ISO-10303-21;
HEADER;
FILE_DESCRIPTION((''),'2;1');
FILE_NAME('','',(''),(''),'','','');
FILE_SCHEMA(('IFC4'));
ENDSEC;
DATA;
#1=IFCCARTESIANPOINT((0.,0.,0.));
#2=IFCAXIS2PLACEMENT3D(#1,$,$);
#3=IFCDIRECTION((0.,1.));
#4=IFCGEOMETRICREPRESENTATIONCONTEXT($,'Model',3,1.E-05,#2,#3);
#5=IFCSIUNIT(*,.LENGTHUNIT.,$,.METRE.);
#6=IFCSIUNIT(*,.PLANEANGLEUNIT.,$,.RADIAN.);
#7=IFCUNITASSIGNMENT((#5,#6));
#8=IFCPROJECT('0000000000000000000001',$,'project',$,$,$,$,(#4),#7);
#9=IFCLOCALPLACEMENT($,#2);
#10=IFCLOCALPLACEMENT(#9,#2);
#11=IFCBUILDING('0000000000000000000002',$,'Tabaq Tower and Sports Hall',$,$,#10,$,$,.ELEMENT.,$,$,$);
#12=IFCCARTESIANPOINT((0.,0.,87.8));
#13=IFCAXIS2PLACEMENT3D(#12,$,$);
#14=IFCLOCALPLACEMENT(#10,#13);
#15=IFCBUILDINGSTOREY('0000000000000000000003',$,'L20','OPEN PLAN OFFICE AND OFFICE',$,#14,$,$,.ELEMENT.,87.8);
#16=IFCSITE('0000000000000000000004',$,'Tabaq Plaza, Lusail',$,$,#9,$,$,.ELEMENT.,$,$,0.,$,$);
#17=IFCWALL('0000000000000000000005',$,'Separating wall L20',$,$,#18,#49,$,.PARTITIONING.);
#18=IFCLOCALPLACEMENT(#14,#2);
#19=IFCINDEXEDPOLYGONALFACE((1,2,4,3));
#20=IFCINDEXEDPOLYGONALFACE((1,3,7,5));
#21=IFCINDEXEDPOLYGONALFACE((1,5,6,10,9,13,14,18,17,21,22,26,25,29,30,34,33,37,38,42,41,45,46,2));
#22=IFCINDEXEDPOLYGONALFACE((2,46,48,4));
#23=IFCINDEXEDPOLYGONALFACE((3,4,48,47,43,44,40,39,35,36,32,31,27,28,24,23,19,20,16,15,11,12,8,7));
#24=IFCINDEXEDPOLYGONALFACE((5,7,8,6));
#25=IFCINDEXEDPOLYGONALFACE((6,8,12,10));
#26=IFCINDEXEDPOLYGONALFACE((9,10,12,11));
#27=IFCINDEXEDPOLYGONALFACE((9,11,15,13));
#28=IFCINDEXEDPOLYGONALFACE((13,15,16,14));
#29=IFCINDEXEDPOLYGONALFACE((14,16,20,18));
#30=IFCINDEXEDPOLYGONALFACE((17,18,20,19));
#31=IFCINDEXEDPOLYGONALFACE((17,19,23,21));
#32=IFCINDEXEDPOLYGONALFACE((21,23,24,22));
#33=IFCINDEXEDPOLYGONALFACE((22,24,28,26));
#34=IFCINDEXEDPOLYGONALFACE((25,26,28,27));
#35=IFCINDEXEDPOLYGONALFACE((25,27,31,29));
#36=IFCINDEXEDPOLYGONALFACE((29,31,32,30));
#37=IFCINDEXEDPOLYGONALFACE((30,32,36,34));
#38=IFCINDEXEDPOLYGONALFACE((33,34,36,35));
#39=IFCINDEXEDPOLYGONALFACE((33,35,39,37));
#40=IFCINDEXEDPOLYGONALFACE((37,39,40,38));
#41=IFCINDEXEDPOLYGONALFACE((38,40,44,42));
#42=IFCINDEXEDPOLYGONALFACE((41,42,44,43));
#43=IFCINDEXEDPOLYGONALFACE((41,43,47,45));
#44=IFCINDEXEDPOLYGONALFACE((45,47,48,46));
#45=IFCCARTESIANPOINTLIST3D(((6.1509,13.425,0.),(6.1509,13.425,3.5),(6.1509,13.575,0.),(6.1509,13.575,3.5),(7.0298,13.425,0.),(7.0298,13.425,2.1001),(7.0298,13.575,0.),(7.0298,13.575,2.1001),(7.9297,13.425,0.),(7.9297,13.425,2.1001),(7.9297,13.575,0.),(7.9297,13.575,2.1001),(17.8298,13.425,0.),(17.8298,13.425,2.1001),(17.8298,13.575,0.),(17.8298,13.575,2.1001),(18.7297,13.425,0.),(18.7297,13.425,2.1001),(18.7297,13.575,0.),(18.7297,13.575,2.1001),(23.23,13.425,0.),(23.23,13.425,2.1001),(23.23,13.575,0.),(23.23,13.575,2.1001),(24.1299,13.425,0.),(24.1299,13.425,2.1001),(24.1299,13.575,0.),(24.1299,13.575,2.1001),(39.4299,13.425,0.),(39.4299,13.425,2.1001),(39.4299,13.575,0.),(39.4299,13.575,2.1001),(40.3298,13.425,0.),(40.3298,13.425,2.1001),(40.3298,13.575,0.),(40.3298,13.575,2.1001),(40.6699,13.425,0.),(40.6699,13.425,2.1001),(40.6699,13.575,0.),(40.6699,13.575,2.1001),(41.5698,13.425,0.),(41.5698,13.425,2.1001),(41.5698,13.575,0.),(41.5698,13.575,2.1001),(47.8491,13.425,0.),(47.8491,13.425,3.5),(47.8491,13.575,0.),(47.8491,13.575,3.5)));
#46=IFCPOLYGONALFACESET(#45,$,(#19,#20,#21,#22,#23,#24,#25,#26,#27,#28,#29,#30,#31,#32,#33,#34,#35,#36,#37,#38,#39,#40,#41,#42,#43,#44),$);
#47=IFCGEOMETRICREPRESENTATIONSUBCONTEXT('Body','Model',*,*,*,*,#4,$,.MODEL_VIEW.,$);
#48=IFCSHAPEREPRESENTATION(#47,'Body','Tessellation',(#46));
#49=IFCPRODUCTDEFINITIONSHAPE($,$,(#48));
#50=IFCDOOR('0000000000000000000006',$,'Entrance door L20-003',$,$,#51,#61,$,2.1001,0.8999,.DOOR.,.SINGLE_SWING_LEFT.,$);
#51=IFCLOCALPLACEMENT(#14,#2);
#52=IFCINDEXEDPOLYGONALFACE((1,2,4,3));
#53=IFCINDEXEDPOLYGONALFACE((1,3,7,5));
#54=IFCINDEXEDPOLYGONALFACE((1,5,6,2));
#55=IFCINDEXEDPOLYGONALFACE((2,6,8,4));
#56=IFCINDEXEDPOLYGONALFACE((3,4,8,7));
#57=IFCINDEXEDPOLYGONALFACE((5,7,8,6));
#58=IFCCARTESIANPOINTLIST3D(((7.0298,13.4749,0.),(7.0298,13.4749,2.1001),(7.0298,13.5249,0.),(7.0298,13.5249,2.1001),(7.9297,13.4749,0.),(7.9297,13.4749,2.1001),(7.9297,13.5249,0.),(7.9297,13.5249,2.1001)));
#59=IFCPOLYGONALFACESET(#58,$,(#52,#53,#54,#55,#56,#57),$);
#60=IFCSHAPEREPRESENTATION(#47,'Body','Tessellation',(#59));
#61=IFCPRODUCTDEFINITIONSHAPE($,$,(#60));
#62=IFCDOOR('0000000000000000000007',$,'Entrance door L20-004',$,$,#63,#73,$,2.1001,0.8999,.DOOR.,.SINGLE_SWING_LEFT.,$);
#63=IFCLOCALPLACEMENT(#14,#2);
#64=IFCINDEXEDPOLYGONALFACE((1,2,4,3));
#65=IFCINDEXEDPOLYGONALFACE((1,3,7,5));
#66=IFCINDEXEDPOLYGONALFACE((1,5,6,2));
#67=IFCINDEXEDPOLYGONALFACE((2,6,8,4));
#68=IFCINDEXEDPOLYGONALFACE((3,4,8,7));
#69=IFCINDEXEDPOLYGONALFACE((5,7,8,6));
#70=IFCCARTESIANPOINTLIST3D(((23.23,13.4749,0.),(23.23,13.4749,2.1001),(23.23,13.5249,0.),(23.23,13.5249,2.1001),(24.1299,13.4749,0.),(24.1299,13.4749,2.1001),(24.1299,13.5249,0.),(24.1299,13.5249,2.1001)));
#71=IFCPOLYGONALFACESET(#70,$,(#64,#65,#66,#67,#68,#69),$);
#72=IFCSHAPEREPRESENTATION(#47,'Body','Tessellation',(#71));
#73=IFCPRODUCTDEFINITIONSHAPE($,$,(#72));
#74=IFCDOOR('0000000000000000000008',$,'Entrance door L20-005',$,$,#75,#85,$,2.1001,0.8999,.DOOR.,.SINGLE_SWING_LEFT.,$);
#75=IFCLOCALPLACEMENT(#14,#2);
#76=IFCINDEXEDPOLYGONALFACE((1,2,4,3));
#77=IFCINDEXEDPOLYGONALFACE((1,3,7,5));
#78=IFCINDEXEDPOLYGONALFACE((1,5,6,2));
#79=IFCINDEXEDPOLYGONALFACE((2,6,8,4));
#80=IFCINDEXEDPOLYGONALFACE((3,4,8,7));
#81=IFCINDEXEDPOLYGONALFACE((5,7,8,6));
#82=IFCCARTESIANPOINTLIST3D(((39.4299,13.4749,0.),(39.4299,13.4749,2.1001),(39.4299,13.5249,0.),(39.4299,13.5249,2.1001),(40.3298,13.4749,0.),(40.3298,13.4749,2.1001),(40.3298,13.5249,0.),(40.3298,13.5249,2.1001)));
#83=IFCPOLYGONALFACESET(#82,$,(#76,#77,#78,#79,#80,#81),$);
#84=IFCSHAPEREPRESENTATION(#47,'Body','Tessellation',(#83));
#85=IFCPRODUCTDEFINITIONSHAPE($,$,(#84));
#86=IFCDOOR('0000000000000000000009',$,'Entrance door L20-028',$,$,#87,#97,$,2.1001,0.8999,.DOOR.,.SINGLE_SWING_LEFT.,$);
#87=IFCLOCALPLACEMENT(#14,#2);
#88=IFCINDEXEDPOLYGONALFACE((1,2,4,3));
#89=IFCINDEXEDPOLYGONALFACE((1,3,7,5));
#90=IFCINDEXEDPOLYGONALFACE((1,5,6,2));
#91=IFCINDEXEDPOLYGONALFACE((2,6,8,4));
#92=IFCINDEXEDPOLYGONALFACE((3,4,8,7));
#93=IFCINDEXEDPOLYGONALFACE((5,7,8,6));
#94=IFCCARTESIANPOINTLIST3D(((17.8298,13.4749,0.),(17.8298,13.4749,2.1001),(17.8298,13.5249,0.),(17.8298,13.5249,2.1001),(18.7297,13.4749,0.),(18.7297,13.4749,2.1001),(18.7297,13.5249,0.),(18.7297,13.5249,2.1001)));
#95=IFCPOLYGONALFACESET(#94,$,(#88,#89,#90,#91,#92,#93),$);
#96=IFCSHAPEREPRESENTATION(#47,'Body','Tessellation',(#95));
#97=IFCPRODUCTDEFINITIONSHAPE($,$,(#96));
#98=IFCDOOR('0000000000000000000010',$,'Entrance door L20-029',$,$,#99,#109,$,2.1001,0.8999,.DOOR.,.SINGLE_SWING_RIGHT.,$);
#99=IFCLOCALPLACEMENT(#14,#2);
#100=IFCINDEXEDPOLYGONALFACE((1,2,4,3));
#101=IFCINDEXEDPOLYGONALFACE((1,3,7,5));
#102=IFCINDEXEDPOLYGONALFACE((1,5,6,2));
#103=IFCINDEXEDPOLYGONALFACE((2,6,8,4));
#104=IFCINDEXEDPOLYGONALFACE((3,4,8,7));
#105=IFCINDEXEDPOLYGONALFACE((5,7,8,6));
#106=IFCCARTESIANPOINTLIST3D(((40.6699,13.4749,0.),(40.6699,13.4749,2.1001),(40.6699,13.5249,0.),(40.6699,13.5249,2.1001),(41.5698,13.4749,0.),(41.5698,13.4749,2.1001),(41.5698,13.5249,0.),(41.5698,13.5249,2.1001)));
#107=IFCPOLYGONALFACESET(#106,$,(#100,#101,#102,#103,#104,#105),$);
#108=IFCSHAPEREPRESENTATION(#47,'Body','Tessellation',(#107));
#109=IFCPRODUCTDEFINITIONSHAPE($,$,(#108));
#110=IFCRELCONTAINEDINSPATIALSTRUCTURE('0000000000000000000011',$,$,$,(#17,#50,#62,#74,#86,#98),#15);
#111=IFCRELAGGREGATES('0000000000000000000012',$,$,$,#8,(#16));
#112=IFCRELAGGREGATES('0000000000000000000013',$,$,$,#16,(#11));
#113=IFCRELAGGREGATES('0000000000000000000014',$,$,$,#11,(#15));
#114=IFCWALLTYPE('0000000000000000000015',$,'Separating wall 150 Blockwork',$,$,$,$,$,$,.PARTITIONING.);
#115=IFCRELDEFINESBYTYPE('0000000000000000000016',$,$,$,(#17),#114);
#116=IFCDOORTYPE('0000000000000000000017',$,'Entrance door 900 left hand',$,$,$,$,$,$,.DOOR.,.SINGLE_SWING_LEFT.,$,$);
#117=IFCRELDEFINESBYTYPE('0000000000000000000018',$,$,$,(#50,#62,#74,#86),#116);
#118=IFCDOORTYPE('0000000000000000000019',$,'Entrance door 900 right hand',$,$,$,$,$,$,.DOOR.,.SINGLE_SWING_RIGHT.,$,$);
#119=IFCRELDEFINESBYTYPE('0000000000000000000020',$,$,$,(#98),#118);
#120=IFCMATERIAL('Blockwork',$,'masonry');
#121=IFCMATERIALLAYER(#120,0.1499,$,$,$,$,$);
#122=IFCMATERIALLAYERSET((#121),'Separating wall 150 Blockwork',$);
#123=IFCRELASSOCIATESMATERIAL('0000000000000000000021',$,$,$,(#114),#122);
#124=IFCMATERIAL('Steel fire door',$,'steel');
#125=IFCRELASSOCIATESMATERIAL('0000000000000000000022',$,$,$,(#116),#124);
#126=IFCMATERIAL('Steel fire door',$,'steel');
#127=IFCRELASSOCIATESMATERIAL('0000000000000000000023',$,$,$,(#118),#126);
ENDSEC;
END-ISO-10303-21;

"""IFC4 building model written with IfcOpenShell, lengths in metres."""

from ifc_helpers import new_model, si_unit, direction, frame, frame_2d, origin, place, context, subcontext, project, spatial, rectangle, extrude, material, layer, layer_set, type_object, element, fill, save


model = new_model("IFC4")

# Units and contexts
model_context = context("Model", 3, precision=1e-05, world=origin(), true_north=direction((0.0, 1.0)))
body_context = subcontext(model_context, "Body", "Model", "MODEL_VIEW")
ifc_project = project(units=[si_unit("LENGTHUNIT", "METRE"), si_unit("PLANEANGLEUNIT", "RADIAN")], contexts=[model_context])

# Site, building, storey
site_placement = place(None, origin())
site = spatial("IfcSite", under=ifc_project, at=site_placement, Name="Tabaq Plaza, Lusail", CompositionType="ELEMENT", RefElevation=0.0)
building_placement = place(site_placement, origin())
building = spatial("IfcBuilding", under=site, at=building_placement, Name="Tabaq Tower and Sports Hall", CompositionType="ELEMENT")
storey_placement = place(building_placement, frame((0.0, 0.0, 87.8)))
storey = spatial("IfcBuildingStorey", under=building, at=storey_placement, Name="L20", Description="OPEN PLAN OFFICE AND OFFICE", CompositionType="ELEMENT", Elevation=87.8)

# Wall, openings, doors
ifc_material_1 = material(Name="Blockwork", Category="masonry")
ifc_layer_1 = layer(ifc_material_1, 0.1499)
ifc_layer_set_1 = layer_set([ifc_layer_1], Name="Separating wall 150 Blockwork")
wall_type_1 = type_object("IfcWallType", Name="Separating wall 150 Blockwork", PredefinedType="PARTITIONING", material=ifc_layer_set_1)
wall_1_placement = place(storey_placement, frame((6.1509, 13.5, 0.0), z_axis=(0.0, 0.0, 1.0), x_axis=(1.0, 0.0, 0.0)))
wall_1 = element("IfcWall", 1, at=wall_1_placement, inside=storey, type_object=wall_type_1, Name="Separating wall L20", PredefinedType="PARTITIONING", context=body_context, shape_type="SweptSolid", body=[
    extrude(rectangle(XDim=41.6982, YDim=0.1499, at=frame_2d((20.8491, 0.0))), origin(), (0.0, 0.0, 1.0), 3.5),
])
opening_1_placement = place(wall_1_placement, frame((0.8789, 0.0, 0.0)))
opening_1 = element("IfcOpeningElement", 2, at=opening_1_placement, cuts=wall_1, PredefinedType="OPENING", context=body_context, shape_type="SweptSolid", body=[
    extrude(rectangle(XDim=0.8999, YDim=2.1001, at=frame_2d((0.45, 1.05))), frame((0.0, 0.075, 0.0), z_axis=(0.0, -1.0, 0.0), x_axis=(1.0, 0.0, 0.0)), (0.0, 0.0, 1.0), 0.1499),
])
opening_2_placement = place(wall_1_placement, frame((17.0791, 0.0, 0.0)))
opening_2 = element("IfcOpeningElement", 3, at=opening_2_placement, cuts=wall_1, PredefinedType="OPENING", context=body_context, shape_type="SweptSolid", body=[
    extrude(rectangle(XDim=0.8999, YDim=2.1001, at=frame_2d((0.45, 1.05))), frame((0.0, 0.075, 0.0), z_axis=(0.0, -1.0, 0.0), x_axis=(1.0, 0.0, 0.0)), (0.0, 0.0, 1.0), 0.1499),
])
opening_3_placement = place(wall_1_placement, frame((33.2791, 0.0, 0.0)))
opening_3 = element("IfcOpeningElement", 4, at=opening_3_placement, cuts=wall_1, PredefinedType="OPENING", context=body_context, shape_type="SweptSolid", body=[
    extrude(rectangle(XDim=0.8999, YDim=2.1001, at=frame_2d((0.45, 1.05))), frame((0.0, 0.075, 0.0), z_axis=(0.0, -1.0, 0.0), x_axis=(1.0, 0.0, 0.0)), (0.0, 0.0, 1.0), 0.1499),
])
opening_4_placement = place(wall_1_placement, frame((11.679, 0.0, 0.0)))
opening_4 = element("IfcOpeningElement", 5, at=opening_4_placement, cuts=wall_1, PredefinedType="OPENING", context=body_context, shape_type="SweptSolid", body=[
    extrude(rectangle(XDim=0.8999, YDim=2.1001, at=frame_2d((0.45, 1.05))), frame((0.0, 0.075, 0.0), z_axis=(0.0, -1.0, 0.0), x_axis=(1.0, 0.0, 0.0)), (0.0, 0.0, 1.0), 0.1499),
])
opening_5_placement = place(wall_1_placement, frame((34.519, 0.0, 0.0)))
opening_5 = element("IfcOpeningElement", 6, at=opening_5_placement, cuts=wall_1, PredefinedType="OPENING", context=body_context, shape_type="SweptSolid", body=[
    extrude(rectangle(XDim=0.8999, YDim=2.1001, at=frame_2d((0.45, 1.05))), frame((0.0, 0.075, 0.0), z_axis=(0.0, -1.0, 0.0), x_axis=(1.0, 0.0, 0.0)), (0.0, 0.0, 1.0), 0.1499),
])
ifc_material_2 = material(Name="Steel fire door", Category="steel")
door_type_1 = type_object("IfcDoorType", Name="Entrance door 900 left hand", OperationType="SINGLE_SWING_LEFT", PredefinedType="DOOR", material=ifc_material_2)
door_1_placement = place(opening_1_placement, origin())
door_1 = element("IfcDoor", 7, at=door_1_placement, inside=storey, type_object=door_type_1, Name="Entrance door L20-003", OperationType="SINGLE_SWING_LEFT", OverallHeight=2.1001, OverallWidth=0.8999, PredefinedType="DOOR", context=body_context, shape_type="SweptSolid", body=[
    extrude(rectangle(XDim=0.8999, YDim=2.1001, at=frame_2d((0.45, 1.05))), frame((0.0, 0.0249, 0.0), z_axis=(0.0, -1.0, 0.0), x_axis=(1.0, 0.0, 0.0)), (0.0, 0.0, 1.0), 0.05),
])
fill(opening_1, door_1)
door_2_placement = place(opening_2_placement, origin())
door_2 = element("IfcDoor", 8, at=door_2_placement, inside=storey, type_object=door_type_1, Name="Entrance door L20-004", OperationType="SINGLE_SWING_LEFT", OverallHeight=2.1001, OverallWidth=0.8999, PredefinedType="DOOR", context=body_context, shape_type="SweptSolid", body=[
    extrude(rectangle(XDim=0.8999, YDim=2.1001, at=frame_2d((0.45, 1.05))), frame((0.0, 0.0249, 0.0), z_axis=(0.0, -1.0, 0.0), x_axis=(1.0, 0.0, 0.0)), (0.0, 0.0, 1.0), 0.05),
])
fill(opening_2, door_2)
door_3_placement = place(opening_3_placement, origin())
door_3 = element("IfcDoor", 9, at=door_3_placement, inside=storey, type_object=door_type_1, Name="Entrance door L20-005", OperationType="SINGLE_SWING_LEFT", OverallHeight=2.1001, OverallWidth=0.8999, PredefinedType="DOOR", context=body_context, shape_type="SweptSolid", body=[
    extrude(rectangle(XDim=0.8999, YDim=2.1001, at=frame_2d((0.45, 1.05))), frame((0.0, 0.0249, 0.0), z_axis=(0.0, -1.0, 0.0), x_axis=(1.0, 0.0, 0.0)), (0.0, 0.0, 1.0), 0.05),
])
fill(opening_3, door_3)
door_4_placement = place(opening_4_placement, origin())
door_4 = element("IfcDoor", 10, at=door_4_placement, inside=storey, type_object=door_type_1, Name="Entrance door L20-028", OperationType="SINGLE_SWING_LEFT", OverallHeight=2.1001, OverallWidth=0.8999, PredefinedType="DOOR", context=body_context, shape_type="SweptSolid", body=[
    extrude(rectangle(XDim=0.8999, YDim=2.1001, at=frame_2d((0.45, 1.05))), frame((0.0, 0.0249, 0.0), z_axis=(0.0, -1.0, 0.0), x_axis=(1.0, 0.0, 0.0)), (0.0, 0.0, 1.0), 0.05),
])
fill(opening_4, door_4)
ifc_material_3 = material(Name="Steel fire door", Category="steel")
door_type_2 = type_object("IfcDoorType", Name="Entrance door 900 right hand", OperationType="SINGLE_SWING_RIGHT", PredefinedType="DOOR", material=ifc_material_3)
door_5_placement = place(opening_5_placement, origin())
door_5 = element("IfcDoor", 11, at=door_5_placement, inside=storey, type_object=door_type_2, Name="Entrance door L20-029", OperationType="SINGLE_SWING_RIGHT", OverallHeight=2.1001, OverallWidth=0.8999, PredefinedType="DOOR", context=body_context, shape_type="SweptSolid", body=[
    extrude(rectangle(XDim=0.8999, YDim=2.1001, at=frame_2d((0.45, 1.05))), frame((0.0, 0.0249, 0.0), z_axis=(0.0, -1.0, 0.0), x_axis=(1.0, 0.0, 0.0)), (0.0, 0.0, 1.0), 0.05),
])
fill(opening_5, door_5)

save(model, "model.ifc")
